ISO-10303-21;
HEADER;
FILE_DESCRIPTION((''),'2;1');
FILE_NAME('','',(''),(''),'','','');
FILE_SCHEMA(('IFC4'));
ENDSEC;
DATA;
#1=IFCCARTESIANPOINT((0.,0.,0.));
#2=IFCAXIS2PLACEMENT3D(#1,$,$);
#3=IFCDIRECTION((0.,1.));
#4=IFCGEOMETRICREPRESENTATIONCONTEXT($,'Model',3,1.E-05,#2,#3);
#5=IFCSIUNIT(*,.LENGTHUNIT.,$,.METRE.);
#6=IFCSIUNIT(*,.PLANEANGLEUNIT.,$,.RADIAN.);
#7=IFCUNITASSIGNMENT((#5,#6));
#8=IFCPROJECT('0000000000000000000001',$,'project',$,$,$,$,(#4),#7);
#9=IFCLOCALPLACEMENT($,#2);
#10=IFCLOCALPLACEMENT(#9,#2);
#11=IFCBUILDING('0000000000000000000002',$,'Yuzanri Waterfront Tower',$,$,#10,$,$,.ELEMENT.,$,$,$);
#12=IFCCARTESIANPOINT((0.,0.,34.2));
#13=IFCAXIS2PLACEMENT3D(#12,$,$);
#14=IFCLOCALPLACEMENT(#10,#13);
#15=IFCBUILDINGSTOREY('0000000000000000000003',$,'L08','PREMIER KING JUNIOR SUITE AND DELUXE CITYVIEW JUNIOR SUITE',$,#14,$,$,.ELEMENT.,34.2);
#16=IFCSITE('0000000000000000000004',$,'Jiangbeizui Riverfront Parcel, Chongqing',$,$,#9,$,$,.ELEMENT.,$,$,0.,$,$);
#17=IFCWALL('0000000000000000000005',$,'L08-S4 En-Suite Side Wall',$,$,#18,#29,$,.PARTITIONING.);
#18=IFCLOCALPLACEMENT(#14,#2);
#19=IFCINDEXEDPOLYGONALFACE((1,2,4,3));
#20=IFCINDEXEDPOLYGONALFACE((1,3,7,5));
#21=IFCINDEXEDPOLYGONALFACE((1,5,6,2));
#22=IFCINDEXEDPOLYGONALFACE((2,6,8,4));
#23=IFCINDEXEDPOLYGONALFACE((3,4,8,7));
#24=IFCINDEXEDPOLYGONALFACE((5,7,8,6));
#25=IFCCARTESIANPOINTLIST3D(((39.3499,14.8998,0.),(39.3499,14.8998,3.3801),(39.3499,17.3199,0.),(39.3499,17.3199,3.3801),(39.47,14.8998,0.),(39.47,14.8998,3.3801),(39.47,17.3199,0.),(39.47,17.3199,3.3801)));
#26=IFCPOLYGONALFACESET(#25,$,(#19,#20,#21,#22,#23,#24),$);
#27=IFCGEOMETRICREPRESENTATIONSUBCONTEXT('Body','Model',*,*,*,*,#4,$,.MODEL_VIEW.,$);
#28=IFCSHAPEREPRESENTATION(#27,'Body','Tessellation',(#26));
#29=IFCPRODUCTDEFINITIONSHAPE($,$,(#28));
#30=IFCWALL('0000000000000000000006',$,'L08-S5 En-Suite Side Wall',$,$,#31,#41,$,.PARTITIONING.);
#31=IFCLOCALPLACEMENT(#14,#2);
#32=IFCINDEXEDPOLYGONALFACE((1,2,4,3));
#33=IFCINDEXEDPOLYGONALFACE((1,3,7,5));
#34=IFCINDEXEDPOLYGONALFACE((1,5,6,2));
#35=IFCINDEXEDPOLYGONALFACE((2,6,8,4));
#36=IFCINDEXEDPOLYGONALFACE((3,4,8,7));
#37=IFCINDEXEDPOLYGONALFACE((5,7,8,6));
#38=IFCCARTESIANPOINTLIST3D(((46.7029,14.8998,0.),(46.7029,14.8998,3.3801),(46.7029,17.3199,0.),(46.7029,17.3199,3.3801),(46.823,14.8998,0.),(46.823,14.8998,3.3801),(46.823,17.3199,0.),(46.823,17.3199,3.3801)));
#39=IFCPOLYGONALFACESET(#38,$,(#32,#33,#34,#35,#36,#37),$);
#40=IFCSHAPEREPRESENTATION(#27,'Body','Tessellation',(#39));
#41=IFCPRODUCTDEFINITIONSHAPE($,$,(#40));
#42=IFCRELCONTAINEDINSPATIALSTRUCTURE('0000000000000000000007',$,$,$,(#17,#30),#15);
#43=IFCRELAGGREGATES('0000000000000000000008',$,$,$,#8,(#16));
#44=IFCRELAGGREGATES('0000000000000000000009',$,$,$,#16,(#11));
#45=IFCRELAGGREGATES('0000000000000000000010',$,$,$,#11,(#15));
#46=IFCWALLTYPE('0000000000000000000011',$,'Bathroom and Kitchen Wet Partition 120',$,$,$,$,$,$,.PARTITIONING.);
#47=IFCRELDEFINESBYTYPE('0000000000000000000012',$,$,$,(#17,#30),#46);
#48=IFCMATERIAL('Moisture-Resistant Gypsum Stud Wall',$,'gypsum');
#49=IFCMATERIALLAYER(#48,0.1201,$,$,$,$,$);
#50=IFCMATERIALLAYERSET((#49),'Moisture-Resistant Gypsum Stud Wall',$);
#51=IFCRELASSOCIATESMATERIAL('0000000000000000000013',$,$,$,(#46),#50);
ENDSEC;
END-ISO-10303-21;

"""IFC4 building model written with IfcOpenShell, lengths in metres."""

from ifc_helpers import new_model, si_unit, direction, frame, frame_2d, origin, place, context, subcontext, project, spatial, rectangle, extrude, source, transform, mapped, material, layer, layer_set, type_object, element, save


model = new_model("IFC4")

# Units and contexts
model_context = context("Model", 3, precision=1e-05, world=origin(), true_north=direction((0.0, 1.0)))
body_context = subcontext(model_context, "Body", "Model", "MODEL_VIEW")
ifc_project = project(units=[si_unit("LENGTHUNIT", "METRE"), si_unit("PLANEANGLEUNIT", "RADIAN")], contexts=[model_context])

# Site, building, storey
site_placement = place(None, origin())
site = spatial("IfcSite", under=ifc_project, at=site_placement, Name="Jiangbeizui Riverfront Parcel, Chongqing", CompositionType="ELEMENT", RefElevation=0.0)
building_placement = place(site_placement, origin())
building = spatial("IfcBuilding", under=site, at=building_placement, Name="Yuzanri Waterfront Tower", CompositionType="ELEMENT")
storey_placement = place(building_placement, frame((0.0, 0.0, 34.2)))
storey = spatial("IfcBuildingStorey", under=building, at=storey_placement, Name="L08", Description="PREMIER KING JUNIOR SUITE AND DELUXE CITYVIEW JUNIOR SUITE", CompositionType="ELEMENT", Elevation=34.2)

# Shared definitions
ifc_material_1 = material(Name="Moisture-Resistant Gypsum Stud Wall", Category="gypsum")
ifc_layer_1 = layer(ifc_material_1, 0.1201)
ifc_layer_set_1 = layer_set([ifc_layer_1], Name="Moisture-Resistant Gypsum Stud Wall")
wall_type_1 = type_object("IfcWallType", Name="Bathroom and Kitchen Wet Partition 120", PredefinedType="PARTITIONING", material=ifc_layer_set_1)

# Walls
shared_shape_1 = source(origin(), body_context, "Body", "SweptSolid", [
    extrude(rectangle(XDim=2.4202, YDim=0.1201, at=frame_2d((1.21, 0.0))), origin(), (0.0, 0.0, 1.0), 3.3801),
])
for number, where, z_axis, x_axis, name in (
    (1, (39.4099, 14.8999, 0.0), (0.0, 0.0, 1.0), (0.0, 1.0, 0.0), "L08-S4 En-Suite Side Wall"),
    (2, (46.7629, 14.8999, 0.0), (0.0, 0.0, 1.0), (0.0, 1.0, 0.0), "L08-S5 En-Suite Side Wall"),
):
    element("IfcWall", number, at=place(storey_placement, frame(where, z_axis=z_axis, x_axis=x_axis)), inside=storey, type_object=wall_type_1, Name=name, PredefinedType="PARTITIONING", context=body_context, shape_type="MappedRepresentation", body=[
        mapped(shared_shape_1, transform((0.0, 0.0, 0.0), scale=1.0)),
    ])

save(model, "model.ifc")
